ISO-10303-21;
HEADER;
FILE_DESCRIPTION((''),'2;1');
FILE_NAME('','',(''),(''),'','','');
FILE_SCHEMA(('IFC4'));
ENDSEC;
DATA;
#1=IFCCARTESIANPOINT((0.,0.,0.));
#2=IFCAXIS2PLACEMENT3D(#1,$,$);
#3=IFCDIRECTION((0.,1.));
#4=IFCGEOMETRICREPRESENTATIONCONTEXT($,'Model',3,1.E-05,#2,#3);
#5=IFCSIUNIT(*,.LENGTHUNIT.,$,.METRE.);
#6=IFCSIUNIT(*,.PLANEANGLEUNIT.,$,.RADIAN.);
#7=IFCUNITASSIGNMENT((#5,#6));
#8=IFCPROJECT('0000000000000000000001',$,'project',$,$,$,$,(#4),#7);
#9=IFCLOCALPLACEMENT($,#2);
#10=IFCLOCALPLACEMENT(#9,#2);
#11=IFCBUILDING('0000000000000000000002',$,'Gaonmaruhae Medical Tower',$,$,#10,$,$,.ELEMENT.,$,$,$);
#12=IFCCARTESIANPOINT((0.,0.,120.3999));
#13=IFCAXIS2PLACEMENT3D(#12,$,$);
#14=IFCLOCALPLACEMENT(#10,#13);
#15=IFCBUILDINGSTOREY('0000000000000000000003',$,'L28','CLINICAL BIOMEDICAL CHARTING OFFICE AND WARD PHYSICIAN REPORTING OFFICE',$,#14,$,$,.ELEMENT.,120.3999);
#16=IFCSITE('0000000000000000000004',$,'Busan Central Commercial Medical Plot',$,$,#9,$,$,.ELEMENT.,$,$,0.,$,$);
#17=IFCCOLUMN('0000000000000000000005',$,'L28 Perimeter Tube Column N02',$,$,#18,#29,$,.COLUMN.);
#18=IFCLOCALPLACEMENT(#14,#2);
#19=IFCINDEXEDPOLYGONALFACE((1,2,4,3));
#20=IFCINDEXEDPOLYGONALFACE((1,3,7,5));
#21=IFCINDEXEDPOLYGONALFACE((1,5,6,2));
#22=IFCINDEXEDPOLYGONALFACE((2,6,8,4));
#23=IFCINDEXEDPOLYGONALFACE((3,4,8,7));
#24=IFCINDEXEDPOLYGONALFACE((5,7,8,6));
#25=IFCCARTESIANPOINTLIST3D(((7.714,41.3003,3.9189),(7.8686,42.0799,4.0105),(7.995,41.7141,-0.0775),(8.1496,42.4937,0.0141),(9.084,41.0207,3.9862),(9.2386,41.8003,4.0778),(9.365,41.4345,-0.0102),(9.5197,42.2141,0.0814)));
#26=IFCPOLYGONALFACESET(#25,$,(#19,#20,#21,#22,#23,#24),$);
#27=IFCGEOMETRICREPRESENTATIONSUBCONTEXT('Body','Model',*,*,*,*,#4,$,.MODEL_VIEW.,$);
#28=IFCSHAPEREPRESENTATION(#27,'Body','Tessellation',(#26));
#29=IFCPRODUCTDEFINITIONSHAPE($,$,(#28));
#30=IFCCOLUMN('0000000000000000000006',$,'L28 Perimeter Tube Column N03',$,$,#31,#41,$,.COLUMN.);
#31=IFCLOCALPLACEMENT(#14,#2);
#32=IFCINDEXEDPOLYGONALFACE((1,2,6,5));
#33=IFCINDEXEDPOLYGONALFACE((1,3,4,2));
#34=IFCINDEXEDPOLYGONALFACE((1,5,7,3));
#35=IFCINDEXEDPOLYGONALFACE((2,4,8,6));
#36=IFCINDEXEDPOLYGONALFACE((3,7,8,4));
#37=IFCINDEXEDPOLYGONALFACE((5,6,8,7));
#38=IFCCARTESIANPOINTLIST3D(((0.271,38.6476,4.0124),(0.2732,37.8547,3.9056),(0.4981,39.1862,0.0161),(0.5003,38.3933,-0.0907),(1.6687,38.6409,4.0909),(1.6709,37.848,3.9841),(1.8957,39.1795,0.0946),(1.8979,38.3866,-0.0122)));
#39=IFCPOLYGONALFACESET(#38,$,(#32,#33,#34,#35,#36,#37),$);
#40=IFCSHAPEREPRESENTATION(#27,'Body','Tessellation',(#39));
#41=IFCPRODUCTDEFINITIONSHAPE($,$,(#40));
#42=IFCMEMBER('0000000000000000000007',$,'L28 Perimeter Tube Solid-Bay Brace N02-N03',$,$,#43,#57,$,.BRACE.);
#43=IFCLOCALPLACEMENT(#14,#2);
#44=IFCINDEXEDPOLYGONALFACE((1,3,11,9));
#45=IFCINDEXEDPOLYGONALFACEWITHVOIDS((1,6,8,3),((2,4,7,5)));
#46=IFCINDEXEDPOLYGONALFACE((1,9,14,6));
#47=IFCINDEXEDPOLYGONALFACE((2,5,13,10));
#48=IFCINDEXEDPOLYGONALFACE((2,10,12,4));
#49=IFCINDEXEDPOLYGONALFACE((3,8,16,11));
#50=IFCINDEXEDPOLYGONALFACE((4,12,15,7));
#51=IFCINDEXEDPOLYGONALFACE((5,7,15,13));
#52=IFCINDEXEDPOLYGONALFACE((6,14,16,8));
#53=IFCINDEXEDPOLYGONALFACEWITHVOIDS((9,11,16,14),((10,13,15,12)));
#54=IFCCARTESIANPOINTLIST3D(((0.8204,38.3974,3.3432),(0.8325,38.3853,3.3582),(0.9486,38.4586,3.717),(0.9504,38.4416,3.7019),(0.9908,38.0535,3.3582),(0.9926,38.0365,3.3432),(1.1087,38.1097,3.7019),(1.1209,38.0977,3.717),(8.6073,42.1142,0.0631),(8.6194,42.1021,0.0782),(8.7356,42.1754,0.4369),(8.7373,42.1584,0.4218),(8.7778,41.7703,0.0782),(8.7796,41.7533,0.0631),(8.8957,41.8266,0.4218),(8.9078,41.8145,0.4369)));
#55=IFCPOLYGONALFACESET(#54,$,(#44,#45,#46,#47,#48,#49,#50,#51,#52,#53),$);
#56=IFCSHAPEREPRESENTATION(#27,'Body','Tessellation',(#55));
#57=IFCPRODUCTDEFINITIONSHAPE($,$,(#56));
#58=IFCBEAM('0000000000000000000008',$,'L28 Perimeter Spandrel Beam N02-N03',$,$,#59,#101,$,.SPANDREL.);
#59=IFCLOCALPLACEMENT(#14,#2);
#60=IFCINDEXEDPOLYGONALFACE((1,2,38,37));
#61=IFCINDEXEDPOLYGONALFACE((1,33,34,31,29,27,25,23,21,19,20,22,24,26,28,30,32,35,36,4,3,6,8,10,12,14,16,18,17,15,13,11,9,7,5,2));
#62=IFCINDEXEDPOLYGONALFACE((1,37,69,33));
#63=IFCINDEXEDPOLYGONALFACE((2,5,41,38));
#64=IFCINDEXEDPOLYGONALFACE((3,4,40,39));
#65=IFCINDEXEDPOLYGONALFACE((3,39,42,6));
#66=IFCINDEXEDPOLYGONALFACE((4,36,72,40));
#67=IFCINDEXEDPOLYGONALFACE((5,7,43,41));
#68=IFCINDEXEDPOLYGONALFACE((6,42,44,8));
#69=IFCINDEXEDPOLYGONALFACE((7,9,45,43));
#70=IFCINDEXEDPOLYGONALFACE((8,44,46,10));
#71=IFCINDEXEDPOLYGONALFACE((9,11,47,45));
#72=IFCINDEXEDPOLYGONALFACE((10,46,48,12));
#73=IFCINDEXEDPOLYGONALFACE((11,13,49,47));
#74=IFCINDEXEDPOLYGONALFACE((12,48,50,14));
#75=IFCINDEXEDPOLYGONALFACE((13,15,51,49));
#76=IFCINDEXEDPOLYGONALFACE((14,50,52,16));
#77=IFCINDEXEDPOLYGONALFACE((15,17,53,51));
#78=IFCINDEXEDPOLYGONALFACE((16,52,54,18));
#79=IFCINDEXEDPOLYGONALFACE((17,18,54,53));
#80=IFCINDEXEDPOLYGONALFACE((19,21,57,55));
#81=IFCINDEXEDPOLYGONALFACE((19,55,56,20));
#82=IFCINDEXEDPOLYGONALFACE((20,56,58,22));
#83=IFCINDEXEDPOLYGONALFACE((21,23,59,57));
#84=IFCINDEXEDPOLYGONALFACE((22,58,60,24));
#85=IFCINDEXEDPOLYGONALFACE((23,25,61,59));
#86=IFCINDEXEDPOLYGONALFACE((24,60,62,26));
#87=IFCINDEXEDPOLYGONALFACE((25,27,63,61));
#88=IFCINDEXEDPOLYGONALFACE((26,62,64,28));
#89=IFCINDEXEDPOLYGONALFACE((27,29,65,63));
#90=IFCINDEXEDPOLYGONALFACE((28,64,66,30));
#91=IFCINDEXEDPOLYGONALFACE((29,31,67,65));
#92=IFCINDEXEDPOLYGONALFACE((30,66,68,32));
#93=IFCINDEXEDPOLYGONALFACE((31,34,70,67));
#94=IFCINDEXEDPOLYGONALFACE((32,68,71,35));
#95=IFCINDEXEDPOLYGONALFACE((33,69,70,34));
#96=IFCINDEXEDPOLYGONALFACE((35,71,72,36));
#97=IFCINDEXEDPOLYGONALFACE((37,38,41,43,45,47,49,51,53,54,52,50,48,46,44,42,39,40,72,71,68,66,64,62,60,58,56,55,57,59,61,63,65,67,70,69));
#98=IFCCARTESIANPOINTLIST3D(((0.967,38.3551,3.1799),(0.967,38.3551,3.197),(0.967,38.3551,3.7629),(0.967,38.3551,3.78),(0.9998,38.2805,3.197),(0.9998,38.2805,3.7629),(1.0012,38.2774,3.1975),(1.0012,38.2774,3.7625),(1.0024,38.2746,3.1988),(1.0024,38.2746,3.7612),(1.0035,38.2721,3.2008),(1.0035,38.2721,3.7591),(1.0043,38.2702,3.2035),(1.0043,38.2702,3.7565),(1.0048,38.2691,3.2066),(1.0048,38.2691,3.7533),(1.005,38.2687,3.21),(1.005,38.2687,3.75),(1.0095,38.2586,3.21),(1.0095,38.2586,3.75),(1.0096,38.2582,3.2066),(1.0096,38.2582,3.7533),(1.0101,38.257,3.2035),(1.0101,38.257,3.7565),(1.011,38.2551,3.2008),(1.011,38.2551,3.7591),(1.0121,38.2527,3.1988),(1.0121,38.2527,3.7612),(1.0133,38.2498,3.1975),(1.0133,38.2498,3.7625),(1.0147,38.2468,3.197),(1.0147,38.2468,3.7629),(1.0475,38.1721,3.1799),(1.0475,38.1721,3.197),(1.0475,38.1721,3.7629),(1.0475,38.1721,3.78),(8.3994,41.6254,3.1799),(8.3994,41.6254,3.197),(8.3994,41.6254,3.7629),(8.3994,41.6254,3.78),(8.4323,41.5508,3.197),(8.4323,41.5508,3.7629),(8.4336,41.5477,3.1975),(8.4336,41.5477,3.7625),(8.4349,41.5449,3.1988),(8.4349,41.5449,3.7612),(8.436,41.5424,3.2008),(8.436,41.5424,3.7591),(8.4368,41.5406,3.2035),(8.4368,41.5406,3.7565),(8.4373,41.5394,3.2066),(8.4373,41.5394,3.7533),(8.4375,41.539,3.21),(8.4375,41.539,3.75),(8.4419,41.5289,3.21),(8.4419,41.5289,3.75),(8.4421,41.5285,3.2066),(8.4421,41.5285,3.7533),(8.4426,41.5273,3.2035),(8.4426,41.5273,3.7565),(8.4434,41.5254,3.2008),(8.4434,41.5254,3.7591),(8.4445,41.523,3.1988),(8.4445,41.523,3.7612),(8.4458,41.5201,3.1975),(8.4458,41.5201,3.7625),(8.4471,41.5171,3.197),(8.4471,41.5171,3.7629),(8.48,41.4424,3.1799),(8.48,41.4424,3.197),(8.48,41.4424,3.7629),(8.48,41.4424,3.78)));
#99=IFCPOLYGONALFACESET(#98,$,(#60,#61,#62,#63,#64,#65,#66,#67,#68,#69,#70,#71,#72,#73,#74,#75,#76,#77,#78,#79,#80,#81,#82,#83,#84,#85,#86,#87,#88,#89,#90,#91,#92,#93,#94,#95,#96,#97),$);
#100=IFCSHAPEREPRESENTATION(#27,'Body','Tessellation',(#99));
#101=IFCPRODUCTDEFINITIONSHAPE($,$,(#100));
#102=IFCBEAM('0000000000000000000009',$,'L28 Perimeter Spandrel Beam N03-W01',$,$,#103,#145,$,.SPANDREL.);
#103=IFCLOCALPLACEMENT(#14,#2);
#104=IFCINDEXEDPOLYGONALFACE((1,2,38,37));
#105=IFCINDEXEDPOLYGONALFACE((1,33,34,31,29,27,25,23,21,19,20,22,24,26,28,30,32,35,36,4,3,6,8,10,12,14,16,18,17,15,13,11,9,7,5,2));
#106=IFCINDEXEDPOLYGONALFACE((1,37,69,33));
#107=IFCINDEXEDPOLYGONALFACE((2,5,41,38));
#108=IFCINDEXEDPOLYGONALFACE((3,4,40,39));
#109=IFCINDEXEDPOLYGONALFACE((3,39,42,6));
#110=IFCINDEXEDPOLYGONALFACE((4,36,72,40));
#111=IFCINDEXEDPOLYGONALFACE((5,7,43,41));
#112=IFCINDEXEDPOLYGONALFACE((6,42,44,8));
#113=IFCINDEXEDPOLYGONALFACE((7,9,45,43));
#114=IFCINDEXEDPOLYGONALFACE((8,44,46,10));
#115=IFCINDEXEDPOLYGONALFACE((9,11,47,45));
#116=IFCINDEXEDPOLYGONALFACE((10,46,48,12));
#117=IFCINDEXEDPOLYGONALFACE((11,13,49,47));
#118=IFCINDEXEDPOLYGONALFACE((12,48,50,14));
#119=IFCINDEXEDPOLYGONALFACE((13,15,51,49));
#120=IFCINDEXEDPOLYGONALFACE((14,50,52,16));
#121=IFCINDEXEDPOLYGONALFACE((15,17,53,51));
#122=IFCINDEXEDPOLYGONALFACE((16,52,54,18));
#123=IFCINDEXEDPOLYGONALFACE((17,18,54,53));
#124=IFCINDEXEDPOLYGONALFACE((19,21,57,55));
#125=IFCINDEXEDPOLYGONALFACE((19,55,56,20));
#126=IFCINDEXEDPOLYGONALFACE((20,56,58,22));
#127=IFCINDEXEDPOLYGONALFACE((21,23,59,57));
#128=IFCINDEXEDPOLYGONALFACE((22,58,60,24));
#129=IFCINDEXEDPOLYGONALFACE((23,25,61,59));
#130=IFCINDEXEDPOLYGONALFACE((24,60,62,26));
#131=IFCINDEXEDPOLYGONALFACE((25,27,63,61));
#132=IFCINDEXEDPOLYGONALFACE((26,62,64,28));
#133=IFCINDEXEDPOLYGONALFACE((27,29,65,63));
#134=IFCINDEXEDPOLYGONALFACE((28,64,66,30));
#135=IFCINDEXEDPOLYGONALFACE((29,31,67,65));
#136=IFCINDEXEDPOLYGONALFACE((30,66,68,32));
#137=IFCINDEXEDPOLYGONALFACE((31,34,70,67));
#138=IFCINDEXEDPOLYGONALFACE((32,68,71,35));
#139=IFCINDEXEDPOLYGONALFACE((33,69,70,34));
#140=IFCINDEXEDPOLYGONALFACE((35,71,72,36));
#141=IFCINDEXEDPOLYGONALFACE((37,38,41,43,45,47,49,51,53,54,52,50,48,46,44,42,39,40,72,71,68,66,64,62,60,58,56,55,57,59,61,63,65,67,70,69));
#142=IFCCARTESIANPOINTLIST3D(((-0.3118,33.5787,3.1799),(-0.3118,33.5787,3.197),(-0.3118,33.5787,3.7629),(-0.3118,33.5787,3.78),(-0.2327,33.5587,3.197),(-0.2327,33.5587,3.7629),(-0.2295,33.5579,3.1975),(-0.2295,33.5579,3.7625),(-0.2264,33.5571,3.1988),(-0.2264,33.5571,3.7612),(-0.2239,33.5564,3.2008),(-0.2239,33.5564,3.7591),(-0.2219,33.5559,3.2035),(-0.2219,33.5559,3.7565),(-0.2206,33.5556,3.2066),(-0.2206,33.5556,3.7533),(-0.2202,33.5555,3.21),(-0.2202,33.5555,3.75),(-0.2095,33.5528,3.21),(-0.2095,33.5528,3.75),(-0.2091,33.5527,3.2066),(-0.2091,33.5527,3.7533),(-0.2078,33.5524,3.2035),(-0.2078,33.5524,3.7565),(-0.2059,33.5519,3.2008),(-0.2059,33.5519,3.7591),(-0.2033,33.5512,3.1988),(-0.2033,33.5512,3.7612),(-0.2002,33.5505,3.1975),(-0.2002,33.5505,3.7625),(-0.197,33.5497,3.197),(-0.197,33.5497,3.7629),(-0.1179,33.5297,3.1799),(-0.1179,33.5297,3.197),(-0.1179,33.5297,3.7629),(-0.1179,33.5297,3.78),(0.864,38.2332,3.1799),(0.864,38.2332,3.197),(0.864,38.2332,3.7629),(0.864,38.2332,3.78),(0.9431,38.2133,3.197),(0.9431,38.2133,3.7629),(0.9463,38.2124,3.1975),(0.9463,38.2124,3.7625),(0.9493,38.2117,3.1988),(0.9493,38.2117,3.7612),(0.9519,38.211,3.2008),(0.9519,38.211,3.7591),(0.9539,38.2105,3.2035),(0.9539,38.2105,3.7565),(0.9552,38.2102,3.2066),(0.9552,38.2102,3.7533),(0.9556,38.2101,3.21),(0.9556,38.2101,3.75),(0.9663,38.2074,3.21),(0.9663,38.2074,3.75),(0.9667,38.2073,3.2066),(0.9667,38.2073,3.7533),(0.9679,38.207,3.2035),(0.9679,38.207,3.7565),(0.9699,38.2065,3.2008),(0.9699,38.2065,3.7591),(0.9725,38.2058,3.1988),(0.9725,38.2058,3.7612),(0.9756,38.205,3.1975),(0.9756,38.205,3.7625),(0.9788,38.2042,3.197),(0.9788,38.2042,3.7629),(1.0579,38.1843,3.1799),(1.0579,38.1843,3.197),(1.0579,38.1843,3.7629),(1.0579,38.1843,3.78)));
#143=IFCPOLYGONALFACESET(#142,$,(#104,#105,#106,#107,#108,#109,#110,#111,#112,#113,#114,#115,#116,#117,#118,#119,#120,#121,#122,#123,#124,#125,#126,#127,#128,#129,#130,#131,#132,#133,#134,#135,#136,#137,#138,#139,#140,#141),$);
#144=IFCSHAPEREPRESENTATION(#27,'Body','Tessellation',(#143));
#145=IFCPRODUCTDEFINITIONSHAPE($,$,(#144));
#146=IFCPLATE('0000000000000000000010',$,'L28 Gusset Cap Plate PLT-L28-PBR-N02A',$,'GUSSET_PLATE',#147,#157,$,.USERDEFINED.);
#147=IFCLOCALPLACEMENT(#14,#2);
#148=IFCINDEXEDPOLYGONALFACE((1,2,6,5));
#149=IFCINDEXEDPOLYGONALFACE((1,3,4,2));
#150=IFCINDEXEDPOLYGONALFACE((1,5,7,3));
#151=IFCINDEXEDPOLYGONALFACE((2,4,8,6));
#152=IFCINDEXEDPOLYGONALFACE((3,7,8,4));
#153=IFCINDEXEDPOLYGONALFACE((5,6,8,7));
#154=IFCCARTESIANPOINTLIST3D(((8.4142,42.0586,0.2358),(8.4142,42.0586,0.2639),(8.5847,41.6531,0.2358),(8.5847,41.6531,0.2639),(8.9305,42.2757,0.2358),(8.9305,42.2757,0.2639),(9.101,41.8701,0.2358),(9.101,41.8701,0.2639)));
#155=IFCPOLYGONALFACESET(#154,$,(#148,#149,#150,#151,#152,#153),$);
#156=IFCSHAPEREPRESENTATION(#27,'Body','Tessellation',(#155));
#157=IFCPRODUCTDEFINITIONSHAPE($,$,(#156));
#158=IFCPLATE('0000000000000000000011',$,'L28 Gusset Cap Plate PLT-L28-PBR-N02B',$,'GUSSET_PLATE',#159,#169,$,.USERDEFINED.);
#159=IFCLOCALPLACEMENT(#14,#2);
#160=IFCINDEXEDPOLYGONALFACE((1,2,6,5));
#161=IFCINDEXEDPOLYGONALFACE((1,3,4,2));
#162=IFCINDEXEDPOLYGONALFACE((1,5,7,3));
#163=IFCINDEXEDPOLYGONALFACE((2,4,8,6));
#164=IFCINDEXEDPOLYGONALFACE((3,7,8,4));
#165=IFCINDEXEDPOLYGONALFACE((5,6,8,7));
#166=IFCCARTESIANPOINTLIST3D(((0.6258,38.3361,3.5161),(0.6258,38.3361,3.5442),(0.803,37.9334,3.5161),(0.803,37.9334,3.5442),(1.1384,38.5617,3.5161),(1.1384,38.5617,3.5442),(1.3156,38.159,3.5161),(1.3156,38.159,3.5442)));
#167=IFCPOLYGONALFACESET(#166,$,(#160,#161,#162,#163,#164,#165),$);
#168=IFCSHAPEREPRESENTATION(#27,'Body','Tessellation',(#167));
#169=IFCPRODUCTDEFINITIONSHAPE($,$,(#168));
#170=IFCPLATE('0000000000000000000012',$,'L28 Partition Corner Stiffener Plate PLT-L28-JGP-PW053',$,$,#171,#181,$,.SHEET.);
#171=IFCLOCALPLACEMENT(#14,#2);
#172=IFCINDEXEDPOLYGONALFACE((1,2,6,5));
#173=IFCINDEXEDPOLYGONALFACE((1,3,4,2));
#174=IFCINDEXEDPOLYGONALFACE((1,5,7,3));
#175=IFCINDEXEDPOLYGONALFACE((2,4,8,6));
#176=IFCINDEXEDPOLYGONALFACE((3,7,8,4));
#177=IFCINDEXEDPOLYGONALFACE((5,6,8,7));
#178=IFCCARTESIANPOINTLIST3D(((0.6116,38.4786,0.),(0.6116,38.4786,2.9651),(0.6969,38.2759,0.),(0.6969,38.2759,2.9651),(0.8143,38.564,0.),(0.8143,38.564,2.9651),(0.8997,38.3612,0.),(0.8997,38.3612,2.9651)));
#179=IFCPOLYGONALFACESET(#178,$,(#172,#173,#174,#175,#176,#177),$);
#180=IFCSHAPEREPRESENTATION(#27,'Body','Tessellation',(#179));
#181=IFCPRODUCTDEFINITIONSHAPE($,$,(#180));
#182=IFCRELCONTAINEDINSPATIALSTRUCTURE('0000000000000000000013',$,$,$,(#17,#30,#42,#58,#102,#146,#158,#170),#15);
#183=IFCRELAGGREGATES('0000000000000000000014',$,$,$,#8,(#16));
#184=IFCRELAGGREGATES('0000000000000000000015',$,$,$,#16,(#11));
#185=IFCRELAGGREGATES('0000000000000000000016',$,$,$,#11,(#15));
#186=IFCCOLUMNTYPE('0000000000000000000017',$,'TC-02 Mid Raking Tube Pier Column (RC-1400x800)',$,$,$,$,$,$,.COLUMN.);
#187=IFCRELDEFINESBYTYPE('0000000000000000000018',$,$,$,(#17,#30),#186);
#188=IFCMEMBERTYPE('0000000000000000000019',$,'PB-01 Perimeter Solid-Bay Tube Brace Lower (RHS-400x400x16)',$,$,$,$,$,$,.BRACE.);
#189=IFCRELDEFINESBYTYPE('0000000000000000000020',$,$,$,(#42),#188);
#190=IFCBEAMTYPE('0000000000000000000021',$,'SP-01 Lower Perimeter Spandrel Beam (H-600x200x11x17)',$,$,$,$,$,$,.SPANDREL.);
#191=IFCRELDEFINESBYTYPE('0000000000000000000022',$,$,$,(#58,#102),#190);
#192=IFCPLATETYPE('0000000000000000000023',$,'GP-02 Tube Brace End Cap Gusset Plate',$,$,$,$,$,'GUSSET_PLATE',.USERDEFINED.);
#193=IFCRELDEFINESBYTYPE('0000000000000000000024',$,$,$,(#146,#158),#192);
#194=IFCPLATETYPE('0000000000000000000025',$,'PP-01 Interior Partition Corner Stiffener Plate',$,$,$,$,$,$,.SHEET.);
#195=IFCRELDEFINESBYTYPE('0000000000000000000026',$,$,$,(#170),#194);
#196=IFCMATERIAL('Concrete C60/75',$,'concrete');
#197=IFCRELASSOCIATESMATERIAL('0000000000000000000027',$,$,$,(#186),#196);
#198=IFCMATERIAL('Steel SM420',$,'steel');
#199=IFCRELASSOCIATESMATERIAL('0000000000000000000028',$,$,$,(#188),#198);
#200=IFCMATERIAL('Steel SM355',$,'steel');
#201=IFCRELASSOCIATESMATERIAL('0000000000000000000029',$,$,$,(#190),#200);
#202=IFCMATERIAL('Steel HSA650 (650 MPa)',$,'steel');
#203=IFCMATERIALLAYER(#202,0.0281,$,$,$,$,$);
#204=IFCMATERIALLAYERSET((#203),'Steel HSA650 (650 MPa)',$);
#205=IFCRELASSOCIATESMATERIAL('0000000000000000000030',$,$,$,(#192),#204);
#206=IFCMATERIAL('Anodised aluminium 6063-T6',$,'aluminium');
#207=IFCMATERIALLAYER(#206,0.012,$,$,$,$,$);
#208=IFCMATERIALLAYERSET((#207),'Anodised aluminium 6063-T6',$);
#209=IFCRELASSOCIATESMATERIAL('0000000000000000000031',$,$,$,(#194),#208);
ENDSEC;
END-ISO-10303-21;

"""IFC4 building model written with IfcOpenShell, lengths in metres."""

from ifc_helpers import new_model, si_unit, direction, frame, origin, origin_2d, place, context, subcontext, project, spatial, rectangle, hollow_rectangle, i_section, extrude, material, layer, layer_set, material_profile, profile_set, type_object, element, save


model = new_model("IFC4")

# Units and contexts
model_context = context("Model", 3, precision=1e-05, world=origin(), true_north=direction((0.0, 1.0)))
body_context = subcontext(model_context, "Body", "Model", "MODEL_VIEW")
ifc_project = project(units=[si_unit("LENGTHUNIT", "METRE"), si_unit("PLANEANGLEUNIT", "RADIAN")], contexts=[model_context])

# Site, building, storey
site_placement = place(None, origin())
site = spatial("IfcSite", under=ifc_project, at=site_placement, Name="Busan Central Commercial Medical Plot", CompositionType="ELEMENT", RefElevation=0.0)
building_placement = place(site_placement, origin())
building = spatial("IfcBuilding", under=site, at=building_placement, Name="Gaonmaruhae Medical Tower", CompositionType="ELEMENT")
storey_placement = place(building_placement, frame((0.0, 0.0, 120.3999)))
storey = spatial("IfcBuildingStorey", under=building, at=storey_placement, Name="L28", Description="CLINICAL BIOMEDICAL CHARTING OFFICE AND WARD PHYSICIAN REPORTING OFFICE", CompositionType="ELEMENT", Elevation=120.3999)

# Columns
ifc_material_1 = material(Name="Concrete C60/75", Category="concrete")
ifc_material_profile_1 = material_profile(ifc_material_1, rectangle(XDim=1.3999, YDim=0.8, at=origin_2d()), Name="RC-1400x800")
ifc_profile_set_1 = profile_set([ifc_material_profile_1], Name="Concrete C60/75")
column_type = type_object("IfcColumnType", Name="TC-02 Mid Raking Tube Pier Column (RC-1400x800)", PredefinedType="COLUMN", material=ifc_profile_set_1)
column_1_placement = place(storey_placement, frame((8.7573, 41.9641, 0.002), z_axis=(-0.069771, -0.102748, 0.992257), x_axis=(0.978659, -0.199775, 0.048129)))
element("IfcColumn", 1, at=column_1_placement, inside=storey, type_object=column_type, Name="L28 Perimeter Tube Column N02", PredefinedType="COLUMN", context=body_context, shape_type="SweptSolid", body=[
    extrude(rectangle(XDim=1.3999, YDim=0.8, at=origin_2d()), origin(), (0.0, 0.0, 1.0), 4.0276),
])
column_2_placement = place(storey_placement, frame((1.198, 38.7864, 0.002), z_axis=(-0.056217, -0.133348, 0.989474), x_axis=(0.998415, -0.004792, 0.056079)))
element("IfcColumn", 2, at=column_2_placement, inside=storey, type_object=column_type, Name="L28 Perimeter Tube Column N03", PredefinedType="COLUMN", context=body_context, shape_type="SweptSolid", body=[
    extrude(rectangle(XDim=1.3999, YDim=0.8, at=origin_2d()), origin(), (0.0, 0.0, 1.0), 4.0388),
])

# Member
ifc_material_2 = material(Name="Steel SM420", Category="steel")
ifc_material_profile_2 = material_profile(ifc_material_2, hollow_rectangle(XDim=0.3999, YDim=0.3999, WallThickness=0.0161, at=origin_2d()), Name="RHS-400x400x16")
ifc_profile_set_2 = profile_set([ifc_material_profile_2], Name="Steel SM420")
member_type = type_object("IfcMemberType", Name="PB-01 Perimeter Solid-Bay Tube Brace Lower (RHS-400x400x16)", PredefinedType="BRACE", material=ifc_profile_set_2)
member_placement = place(storey_placement, frame((8.7576, 41.9644, 0.25), z_axis=(-0.84357, -0.40265, 0.355334), x_axis=(0.430762, -0.902466, 0.0)))
element("IfcMember", 3, at=member_placement, inside=storey, type_object=member_type, Name="L28 Perimeter Tube Solid-Bay Brace N02-N03", PredefinedType="BRACE", context=body_context, shape_type="SweptSolid", body=[
    extrude(hollow_rectangle(XDim=0.3999, YDim=0.3999, WallThickness=0.0161, at=origin_2d()), origin(), (0.0, 0.0, 1.0), 9.231),
])

# Beams
ifc_material_3 = material(Name="Steel SM355", Category="steel")
ifc_material_profile_3 = material_profile(ifc_material_3, i_section(OverallWidth=0.2, OverallDepth=0.6001, WebThickness=0.011, FlangeThickness=0.0171, FilletRadius=0.0129, at=origin_2d()), Name="H-600x200x11x17")
ifc_profile_set_3 = profile_set([ifc_material_profile_3], Name="Steel SM355")
beam_type = type_object("IfcBeamType", Name="SP-01 Lower Perimeter Spandrel Beam (H-600x200x11x17)", PredefinedType="SPANDREL", material=ifc_profile_set_3)
beam_1_placement = place(storey_placement, frame((8.4397, 41.5339, 3.48), z_axis=(-0.915314, -0.402741, 0.0), x_axis=(0.402741, -0.915314, 0.0)))
element("IfcBeam", 4, at=beam_1_placement, inside=storey, type_object=beam_type, Name="L28 Perimeter Spandrel Beam N02-N03", PredefinedType="SPANDREL", context=body_context, shape_type="SweptSolid", body=[
    extrude(i_section(OverallWidth=0.2, OverallDepth=0.6001, WebThickness=0.011, FlangeThickness=0.0171, FilletRadius=0.0129, at=origin_2d()), origin(), (0.0, 0.0, 1.0), 8.1201),
])
beam_2_placement = place(storey_placement, frame((0.9609, 38.2087, 3.48), z_axis=(-0.244916, -0.969544, 0.0), x_axis=(0.969544, -0.244916, 0.0)))
element("IfcBeam", 5, at=beam_2_placement, inside=storey, type_object=beam_type, Name="L28 Perimeter Spandrel Beam N03-W01", PredefinedType="SPANDREL", context=body_context, shape_type="SweptSolid", body=[
    extrude(i_section(OverallWidth=0.2, OverallDepth=0.6001, WebThickness=0.011, FlangeThickness=0.0171, FilletRadius=0.0129, at=origin_2d()), origin(), (0.0, 0.0, 1.0), 4.8008),
])

# Plates
ifc_material_4 = material(Name="Steel HSA650 (650 MPa)", Category="steel")
ifc_layer_1 = layer(ifc_material_4, 0.0281)
ifc_layer_set_1 = layer_set([ifc_layer_1], Name="Steel HSA650 (650 MPa)")
plate_type_1 = type_object("IfcPlateType", Name="GP-02 Tube Brace End Cap Gusset Plate", ElementType="GUSSET_PLATE", PredefinedType="USERDEFINED", material=ifc_layer_set_1)
for number, where, z_axis, x_axis, name in (
    (6, (8.7576, 41.9644, 0.2358), (0.0, 0.0, 1.0), (0.921863, 0.387516, 0.0), "L28 Gusset Cap Plate PLT-L28-PBR-N02A"),
    (7, (0.9707, 38.2476, 3.5161), (0.0, 0.0, 1.0), (0.915311, 0.402747, 0.0), "L28 Gusset Cap Plate PLT-L28-PBR-N02B"),
):
    element("IfcPlate", number, at=place(storey_placement, frame(where, z_axis=z_axis, x_axis=x_axis)), inside=storey, type_object=plate_type_1, Name=name, ObjectType="GUSSET_PLATE", PredefinedType="USERDEFINED", context=body_context, shape_type="SweptSolid", body=[
        extrude(rectangle(XDim=0.5601, YDim=0.4399, at=origin_2d()), origin(), (0.0, 0.0, 1.0), 0.0281),
    ])
ifc_material_5 = material(Name="Anodised aluminium 6063-T6", Category="aluminium")
ifc_layer_2 = layer(ifc_material_5, 0.012)
ifc_layer_set_2 = layer_set([ifc_layer_2], Name="Anodised aluminium 6063-T6")
plate_type_2 = type_object("IfcPlateType", Name="PP-01 Interior Partition Corner Stiffener Plate", PredefinedType="SHEET", material=ifc_layer_set_2)
plate_placement = place(storey_placement, frame((0.7556, 38.4199, 0.0), z_axis=(0.0, 0.0, 1.0), x_axis=(-0.387998, 0.92166, 0.0)))
element("IfcPlate", 8, at=plate_placement, inside=storey, type_object=plate_type_2, Name="L28 Partition Corner Stiffener Plate PLT-L28-JGP-PW053", PredefinedType="SHEET", context=body_context, shape_type="SweptSolid", body=[
    extrude(rectangle(XDim=0.22, YDim=0.22, at=origin_2d()), origin(), (0.0, 0.0, 1.0), 2.9651),
])

save(model, "model.ifc")
